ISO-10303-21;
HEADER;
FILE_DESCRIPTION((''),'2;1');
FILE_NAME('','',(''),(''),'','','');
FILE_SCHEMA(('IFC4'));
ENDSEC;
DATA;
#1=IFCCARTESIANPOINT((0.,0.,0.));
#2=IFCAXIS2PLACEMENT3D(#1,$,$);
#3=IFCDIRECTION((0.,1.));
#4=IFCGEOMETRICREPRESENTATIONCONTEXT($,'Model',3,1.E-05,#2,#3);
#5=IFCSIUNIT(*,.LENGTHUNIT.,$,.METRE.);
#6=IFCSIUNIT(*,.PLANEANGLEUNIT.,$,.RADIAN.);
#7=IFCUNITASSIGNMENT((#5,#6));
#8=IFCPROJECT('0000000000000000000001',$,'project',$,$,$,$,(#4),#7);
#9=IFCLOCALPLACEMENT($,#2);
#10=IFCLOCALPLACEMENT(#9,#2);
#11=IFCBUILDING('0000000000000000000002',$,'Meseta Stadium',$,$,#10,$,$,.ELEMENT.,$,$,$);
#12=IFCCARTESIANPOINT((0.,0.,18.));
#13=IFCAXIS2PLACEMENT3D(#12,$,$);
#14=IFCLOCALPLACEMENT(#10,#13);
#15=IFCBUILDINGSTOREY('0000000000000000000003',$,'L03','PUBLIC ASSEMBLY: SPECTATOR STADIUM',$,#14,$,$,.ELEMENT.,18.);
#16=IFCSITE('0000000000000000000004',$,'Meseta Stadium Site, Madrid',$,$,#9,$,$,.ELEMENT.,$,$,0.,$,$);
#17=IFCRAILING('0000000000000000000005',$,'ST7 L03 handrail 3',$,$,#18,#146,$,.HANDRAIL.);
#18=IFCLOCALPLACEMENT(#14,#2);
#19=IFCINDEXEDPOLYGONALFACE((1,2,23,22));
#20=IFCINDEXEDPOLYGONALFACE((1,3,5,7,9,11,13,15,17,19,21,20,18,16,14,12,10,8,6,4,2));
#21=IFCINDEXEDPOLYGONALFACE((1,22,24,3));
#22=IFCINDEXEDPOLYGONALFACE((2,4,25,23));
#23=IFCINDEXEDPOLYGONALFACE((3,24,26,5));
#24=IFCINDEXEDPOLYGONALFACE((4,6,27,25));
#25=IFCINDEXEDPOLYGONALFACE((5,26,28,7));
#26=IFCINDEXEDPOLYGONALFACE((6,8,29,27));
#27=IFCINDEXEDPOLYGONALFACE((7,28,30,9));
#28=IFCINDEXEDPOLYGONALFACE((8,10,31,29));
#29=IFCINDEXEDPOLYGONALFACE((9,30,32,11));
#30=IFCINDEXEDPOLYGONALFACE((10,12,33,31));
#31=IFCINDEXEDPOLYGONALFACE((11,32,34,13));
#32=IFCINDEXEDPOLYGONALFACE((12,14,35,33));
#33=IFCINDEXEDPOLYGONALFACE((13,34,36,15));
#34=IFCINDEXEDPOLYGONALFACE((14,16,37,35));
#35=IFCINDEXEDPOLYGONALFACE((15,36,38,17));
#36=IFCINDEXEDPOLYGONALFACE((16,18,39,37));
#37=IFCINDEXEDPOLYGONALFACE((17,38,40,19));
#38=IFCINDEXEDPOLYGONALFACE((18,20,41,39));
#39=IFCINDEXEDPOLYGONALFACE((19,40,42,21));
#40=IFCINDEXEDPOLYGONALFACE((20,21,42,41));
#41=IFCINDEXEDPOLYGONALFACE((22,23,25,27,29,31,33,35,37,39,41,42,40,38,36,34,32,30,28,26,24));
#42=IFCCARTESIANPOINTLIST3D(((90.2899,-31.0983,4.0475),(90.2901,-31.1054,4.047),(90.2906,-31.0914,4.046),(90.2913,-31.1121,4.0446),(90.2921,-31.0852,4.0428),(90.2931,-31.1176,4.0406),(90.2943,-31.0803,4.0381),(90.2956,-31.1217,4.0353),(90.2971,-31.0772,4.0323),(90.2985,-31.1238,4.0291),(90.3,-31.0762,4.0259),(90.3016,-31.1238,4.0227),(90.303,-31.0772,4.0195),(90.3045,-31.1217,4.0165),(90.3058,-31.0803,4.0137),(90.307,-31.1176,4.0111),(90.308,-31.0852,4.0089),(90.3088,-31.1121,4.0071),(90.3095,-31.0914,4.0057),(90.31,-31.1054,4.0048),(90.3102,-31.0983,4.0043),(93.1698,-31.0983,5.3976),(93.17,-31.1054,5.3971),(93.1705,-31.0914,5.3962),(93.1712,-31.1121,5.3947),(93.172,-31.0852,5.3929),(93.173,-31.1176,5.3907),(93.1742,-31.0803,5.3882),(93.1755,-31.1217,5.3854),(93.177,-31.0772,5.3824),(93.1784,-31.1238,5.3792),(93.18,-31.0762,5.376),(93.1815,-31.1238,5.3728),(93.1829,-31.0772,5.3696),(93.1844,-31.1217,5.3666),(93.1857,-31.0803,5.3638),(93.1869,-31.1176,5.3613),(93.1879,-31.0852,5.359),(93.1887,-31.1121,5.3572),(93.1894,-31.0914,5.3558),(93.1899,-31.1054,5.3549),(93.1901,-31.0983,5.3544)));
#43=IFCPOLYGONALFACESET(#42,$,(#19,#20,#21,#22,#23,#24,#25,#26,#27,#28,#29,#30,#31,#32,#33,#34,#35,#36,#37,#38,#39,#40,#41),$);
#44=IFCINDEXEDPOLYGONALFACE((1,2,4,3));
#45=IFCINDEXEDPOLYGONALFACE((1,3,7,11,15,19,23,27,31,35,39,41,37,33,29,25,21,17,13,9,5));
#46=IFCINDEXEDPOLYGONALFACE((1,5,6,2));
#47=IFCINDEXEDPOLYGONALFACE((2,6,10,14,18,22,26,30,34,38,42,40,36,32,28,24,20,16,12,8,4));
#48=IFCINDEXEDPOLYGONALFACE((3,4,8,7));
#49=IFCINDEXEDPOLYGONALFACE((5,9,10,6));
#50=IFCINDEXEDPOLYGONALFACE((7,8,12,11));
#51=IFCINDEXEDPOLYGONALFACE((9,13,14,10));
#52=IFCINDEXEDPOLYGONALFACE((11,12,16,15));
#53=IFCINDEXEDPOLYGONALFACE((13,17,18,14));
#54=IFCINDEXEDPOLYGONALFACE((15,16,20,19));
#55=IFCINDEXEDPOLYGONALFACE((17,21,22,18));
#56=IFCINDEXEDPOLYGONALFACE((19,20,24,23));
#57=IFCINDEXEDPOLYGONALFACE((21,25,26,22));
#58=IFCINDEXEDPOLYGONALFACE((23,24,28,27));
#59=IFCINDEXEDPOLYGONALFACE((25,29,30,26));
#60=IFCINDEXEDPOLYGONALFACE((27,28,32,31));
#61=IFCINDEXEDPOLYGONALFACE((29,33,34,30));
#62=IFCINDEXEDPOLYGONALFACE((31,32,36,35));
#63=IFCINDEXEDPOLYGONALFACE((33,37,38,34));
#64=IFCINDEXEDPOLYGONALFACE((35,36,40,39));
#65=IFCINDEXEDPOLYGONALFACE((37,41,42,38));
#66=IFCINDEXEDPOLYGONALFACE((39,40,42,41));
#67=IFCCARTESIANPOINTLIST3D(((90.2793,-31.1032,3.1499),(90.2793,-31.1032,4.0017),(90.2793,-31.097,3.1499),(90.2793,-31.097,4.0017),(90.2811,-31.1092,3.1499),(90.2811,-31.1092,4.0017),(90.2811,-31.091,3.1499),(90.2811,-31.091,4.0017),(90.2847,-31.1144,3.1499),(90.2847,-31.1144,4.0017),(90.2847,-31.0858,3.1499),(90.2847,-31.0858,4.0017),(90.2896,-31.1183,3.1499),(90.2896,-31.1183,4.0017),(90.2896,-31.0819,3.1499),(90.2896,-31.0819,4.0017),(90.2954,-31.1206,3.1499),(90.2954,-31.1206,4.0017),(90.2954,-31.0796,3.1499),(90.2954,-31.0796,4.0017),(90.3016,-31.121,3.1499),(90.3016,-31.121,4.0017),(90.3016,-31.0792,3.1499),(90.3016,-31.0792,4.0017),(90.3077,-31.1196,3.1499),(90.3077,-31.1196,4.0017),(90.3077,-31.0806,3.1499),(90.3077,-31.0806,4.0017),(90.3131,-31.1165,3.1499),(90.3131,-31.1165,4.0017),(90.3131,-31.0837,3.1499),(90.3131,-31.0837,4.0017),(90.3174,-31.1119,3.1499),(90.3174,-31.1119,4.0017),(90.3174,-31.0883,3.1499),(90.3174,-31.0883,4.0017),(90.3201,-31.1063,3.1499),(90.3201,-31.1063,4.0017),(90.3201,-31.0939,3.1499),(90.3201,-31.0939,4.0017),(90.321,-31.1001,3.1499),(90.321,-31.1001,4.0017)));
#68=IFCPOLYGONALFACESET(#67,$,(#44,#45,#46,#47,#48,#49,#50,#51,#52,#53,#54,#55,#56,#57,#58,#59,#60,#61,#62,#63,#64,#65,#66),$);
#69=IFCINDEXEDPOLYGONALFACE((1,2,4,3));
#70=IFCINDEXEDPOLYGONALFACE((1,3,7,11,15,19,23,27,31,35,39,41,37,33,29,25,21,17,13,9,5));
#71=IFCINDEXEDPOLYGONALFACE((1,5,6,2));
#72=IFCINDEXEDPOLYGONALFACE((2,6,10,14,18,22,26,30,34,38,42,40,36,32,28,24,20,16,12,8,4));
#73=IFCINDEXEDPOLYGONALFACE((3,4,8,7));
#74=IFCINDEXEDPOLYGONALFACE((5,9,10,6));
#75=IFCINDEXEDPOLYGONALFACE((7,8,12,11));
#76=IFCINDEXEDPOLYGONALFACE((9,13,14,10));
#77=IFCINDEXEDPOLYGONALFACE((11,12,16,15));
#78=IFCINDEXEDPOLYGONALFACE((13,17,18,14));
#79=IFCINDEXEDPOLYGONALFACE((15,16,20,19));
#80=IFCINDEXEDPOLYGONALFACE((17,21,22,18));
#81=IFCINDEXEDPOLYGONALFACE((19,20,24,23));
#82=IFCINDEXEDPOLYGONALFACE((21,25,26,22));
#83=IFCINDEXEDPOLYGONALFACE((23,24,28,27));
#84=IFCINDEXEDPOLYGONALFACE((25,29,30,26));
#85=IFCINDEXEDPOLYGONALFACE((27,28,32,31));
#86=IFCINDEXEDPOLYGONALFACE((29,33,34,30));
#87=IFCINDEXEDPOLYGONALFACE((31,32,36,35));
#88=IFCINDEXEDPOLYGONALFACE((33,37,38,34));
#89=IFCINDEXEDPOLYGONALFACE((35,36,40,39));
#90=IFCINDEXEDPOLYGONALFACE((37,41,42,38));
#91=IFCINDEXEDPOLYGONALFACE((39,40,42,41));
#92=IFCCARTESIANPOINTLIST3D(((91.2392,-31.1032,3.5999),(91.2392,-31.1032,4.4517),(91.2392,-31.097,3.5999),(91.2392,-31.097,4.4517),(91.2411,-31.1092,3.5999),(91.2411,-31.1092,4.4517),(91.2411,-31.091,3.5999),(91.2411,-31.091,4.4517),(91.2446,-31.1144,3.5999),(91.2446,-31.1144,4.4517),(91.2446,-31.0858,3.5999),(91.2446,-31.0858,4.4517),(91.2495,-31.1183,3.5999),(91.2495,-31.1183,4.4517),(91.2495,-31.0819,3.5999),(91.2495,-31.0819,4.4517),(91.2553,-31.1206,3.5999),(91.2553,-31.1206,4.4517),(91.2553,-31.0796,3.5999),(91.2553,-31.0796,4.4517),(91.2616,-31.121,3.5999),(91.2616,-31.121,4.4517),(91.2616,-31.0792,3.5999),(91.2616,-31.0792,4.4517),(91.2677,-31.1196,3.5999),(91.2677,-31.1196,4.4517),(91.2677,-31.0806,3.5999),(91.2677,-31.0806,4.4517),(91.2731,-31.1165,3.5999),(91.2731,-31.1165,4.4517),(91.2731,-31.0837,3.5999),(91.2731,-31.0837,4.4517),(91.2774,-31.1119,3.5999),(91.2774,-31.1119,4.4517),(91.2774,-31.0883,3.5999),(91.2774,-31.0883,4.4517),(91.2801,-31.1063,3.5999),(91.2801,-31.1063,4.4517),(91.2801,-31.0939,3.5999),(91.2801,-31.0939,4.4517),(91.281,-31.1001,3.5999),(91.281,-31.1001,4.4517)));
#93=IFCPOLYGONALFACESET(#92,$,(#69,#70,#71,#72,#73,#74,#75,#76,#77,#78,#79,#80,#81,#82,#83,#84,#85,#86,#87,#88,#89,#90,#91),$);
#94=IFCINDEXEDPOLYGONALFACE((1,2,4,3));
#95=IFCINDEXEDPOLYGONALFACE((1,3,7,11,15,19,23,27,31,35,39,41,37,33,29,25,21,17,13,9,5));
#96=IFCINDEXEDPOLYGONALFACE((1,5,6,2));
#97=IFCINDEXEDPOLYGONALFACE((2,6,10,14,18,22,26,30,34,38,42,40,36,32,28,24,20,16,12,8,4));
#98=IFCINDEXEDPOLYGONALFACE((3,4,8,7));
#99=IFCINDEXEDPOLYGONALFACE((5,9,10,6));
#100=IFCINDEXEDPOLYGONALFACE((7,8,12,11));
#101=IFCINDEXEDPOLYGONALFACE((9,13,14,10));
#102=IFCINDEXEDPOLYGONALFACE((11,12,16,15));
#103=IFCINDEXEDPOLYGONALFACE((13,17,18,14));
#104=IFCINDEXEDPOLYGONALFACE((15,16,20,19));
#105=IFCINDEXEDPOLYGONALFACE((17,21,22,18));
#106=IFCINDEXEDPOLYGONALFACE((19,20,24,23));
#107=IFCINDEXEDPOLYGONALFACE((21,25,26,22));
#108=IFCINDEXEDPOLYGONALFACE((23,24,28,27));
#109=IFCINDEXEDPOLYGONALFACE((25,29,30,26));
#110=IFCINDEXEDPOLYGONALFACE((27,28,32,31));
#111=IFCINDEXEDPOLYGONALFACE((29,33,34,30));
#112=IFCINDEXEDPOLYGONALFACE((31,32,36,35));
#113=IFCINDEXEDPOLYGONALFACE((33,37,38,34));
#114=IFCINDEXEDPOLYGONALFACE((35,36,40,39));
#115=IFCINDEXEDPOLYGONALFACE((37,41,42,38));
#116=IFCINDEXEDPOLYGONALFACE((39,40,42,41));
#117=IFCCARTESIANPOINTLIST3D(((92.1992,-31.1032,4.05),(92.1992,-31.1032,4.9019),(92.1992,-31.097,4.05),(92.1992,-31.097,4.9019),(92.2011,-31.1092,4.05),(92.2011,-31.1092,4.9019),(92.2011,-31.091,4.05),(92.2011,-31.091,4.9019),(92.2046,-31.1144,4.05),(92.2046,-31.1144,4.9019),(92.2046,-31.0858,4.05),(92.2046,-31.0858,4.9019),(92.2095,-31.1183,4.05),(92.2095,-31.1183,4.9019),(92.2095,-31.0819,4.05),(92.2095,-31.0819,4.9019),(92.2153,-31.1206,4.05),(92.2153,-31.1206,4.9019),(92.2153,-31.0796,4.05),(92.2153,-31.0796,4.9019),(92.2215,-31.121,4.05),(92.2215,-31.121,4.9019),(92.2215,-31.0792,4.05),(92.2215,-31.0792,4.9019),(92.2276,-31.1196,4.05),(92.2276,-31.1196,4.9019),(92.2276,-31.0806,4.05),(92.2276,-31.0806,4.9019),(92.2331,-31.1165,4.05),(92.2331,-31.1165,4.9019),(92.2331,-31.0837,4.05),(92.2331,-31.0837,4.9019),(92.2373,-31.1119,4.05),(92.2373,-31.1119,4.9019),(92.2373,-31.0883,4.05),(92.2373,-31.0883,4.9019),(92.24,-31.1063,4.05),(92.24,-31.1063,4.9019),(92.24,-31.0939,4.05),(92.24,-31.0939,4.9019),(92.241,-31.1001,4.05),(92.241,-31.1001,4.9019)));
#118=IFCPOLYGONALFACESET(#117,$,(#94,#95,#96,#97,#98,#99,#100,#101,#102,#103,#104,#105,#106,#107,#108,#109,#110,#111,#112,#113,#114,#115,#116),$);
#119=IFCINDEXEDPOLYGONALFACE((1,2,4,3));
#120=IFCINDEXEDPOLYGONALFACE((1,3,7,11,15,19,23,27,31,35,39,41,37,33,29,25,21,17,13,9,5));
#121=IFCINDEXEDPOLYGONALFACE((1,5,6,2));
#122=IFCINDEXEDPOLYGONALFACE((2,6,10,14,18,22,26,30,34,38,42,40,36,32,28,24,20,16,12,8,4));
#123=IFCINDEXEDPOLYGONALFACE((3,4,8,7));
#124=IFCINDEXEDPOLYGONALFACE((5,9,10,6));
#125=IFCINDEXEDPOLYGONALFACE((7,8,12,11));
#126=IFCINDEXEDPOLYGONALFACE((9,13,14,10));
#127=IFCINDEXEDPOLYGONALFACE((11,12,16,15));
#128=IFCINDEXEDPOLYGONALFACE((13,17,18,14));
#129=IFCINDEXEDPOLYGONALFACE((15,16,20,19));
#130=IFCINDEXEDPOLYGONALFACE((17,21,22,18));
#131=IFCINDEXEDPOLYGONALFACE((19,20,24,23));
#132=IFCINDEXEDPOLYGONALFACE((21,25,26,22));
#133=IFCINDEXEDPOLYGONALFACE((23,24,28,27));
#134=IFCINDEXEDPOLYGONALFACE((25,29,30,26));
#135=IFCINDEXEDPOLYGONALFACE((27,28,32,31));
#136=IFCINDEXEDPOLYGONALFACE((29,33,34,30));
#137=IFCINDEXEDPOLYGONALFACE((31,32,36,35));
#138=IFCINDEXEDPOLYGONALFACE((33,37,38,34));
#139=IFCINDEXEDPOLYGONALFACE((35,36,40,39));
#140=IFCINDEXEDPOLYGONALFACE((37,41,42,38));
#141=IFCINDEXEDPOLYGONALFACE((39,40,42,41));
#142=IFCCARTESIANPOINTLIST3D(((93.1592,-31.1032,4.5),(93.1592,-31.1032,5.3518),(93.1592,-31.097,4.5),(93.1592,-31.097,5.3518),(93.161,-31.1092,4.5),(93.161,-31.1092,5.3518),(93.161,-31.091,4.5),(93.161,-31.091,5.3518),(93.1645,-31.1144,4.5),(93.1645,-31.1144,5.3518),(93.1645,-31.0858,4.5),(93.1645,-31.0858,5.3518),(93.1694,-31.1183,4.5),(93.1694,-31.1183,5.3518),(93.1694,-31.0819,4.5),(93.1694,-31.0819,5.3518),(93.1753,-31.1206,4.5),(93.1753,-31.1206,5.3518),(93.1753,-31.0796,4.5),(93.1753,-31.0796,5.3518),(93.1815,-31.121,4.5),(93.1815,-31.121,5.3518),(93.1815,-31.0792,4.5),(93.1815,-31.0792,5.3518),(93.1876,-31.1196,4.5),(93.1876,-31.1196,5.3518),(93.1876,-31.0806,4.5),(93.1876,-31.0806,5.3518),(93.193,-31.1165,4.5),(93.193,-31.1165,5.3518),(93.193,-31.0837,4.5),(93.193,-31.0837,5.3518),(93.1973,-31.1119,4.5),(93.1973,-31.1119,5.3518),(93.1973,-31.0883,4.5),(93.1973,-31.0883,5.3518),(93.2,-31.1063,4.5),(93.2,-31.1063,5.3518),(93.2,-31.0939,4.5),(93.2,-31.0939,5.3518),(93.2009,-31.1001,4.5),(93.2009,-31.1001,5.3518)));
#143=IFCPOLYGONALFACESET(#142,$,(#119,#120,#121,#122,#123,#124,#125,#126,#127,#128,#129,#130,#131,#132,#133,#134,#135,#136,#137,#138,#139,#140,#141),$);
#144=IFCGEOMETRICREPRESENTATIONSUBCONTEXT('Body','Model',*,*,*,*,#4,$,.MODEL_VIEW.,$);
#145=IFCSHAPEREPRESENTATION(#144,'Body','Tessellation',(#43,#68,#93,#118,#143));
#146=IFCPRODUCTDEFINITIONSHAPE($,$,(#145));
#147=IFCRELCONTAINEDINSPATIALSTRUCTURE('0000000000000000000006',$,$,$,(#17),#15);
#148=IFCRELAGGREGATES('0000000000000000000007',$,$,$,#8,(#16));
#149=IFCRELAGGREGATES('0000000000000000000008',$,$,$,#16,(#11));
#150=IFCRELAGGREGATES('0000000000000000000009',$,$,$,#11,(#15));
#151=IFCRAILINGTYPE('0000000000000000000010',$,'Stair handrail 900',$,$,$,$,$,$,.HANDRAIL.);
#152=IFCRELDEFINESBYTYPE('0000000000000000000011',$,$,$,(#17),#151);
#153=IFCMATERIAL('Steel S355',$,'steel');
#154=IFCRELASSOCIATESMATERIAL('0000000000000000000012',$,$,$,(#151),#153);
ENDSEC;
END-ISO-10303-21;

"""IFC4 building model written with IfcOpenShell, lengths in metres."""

from ifc_helpers import new_model, si_unit, direction, frame, origin, origin_2d, place, context, subcontext, project, spatial, circle, extrude, material, type_object, element, save


model = new_model("IFC4")

# Units and contexts
model_context = context("Model", 3, precision=1e-05, world=origin(), true_north=direction((0.0, 1.0)))
body_context = subcontext(model_context, "Body", "Model", "MODEL_VIEW")
ifc_project = project(units=[si_unit("LENGTHUNIT", "METRE"), si_unit("PLANEANGLEUNIT", "RADIAN")], contexts=[model_context])

# Site, building, storey
site_placement = place(None, origin())
site = spatial("IfcSite", under=ifc_project, at=site_placement, Name="Meseta Stadium Site, Madrid", CompositionType="ELEMENT", RefElevation=0.0)
building_placement = place(site_placement, origin())
building = spatial("IfcBuilding", under=site, at=building_placement, Name="Meseta Stadium", CompositionType="ELEMENT")
storey_placement = place(building_placement, frame((0.0, 0.0, 18.0)))
storey = spatial("IfcBuildingStorey", under=building, at=storey_placement, Name="L03", Description="PUBLIC ASSEMBLY: SPECTATOR STADIUM", CompositionType="ELEMENT", Elevation=18.0)

# Railing
ifc_material_1 = material(Name="Steel S355", Category="steel")
railing_type_1 = type_object("IfcRailingType", Name="Stair handrail 900", PredefinedType="HANDRAIL", material=ifc_material_1)
for number, where, name in (
    (1, (90.3, -31.1001, 3.1499), "ST7 L03 handrail 3"),
):
    element("IfcRailing", number, at=place(storey_placement, frame(where)), inside=storey, type_object=railing_type_1, Name=name, PredefinedType="HANDRAIL", context=body_context, shape_type="SweptSolid", body=[
        extrude(circle(Radius=0.0239, at=origin_2d()), frame((0.0, 0.0, 0.876), z_axis=(0.90544, 0.0, 0.424473), x_axis=(0.0, 1.0, 0.0)), (0.0, 0.0, 1.0), 3.1807),
        extrude(circle(Radius=0.021, at=origin_2d()), origin(), (0.0, 0.0, 1.0), 0.8518),
        extrude(circle(Radius=0.021, at=origin_2d()), frame((0.96, 0.0, 0.45)), (0.0, 0.0, 1.0), 0.8518),
        extrude(circle(Radius=0.021, at=origin_2d()), frame((1.9199, 0.0, 0.9001)), (0.0, 0.0, 1.0), 0.8518),
        extrude(circle(Radius=0.021, at=origin_2d()), frame((2.8799, 0.0, 1.3501)), (0.0, 0.0, 1.0), 0.8518),
    ])

save(model, "model.ifc")
